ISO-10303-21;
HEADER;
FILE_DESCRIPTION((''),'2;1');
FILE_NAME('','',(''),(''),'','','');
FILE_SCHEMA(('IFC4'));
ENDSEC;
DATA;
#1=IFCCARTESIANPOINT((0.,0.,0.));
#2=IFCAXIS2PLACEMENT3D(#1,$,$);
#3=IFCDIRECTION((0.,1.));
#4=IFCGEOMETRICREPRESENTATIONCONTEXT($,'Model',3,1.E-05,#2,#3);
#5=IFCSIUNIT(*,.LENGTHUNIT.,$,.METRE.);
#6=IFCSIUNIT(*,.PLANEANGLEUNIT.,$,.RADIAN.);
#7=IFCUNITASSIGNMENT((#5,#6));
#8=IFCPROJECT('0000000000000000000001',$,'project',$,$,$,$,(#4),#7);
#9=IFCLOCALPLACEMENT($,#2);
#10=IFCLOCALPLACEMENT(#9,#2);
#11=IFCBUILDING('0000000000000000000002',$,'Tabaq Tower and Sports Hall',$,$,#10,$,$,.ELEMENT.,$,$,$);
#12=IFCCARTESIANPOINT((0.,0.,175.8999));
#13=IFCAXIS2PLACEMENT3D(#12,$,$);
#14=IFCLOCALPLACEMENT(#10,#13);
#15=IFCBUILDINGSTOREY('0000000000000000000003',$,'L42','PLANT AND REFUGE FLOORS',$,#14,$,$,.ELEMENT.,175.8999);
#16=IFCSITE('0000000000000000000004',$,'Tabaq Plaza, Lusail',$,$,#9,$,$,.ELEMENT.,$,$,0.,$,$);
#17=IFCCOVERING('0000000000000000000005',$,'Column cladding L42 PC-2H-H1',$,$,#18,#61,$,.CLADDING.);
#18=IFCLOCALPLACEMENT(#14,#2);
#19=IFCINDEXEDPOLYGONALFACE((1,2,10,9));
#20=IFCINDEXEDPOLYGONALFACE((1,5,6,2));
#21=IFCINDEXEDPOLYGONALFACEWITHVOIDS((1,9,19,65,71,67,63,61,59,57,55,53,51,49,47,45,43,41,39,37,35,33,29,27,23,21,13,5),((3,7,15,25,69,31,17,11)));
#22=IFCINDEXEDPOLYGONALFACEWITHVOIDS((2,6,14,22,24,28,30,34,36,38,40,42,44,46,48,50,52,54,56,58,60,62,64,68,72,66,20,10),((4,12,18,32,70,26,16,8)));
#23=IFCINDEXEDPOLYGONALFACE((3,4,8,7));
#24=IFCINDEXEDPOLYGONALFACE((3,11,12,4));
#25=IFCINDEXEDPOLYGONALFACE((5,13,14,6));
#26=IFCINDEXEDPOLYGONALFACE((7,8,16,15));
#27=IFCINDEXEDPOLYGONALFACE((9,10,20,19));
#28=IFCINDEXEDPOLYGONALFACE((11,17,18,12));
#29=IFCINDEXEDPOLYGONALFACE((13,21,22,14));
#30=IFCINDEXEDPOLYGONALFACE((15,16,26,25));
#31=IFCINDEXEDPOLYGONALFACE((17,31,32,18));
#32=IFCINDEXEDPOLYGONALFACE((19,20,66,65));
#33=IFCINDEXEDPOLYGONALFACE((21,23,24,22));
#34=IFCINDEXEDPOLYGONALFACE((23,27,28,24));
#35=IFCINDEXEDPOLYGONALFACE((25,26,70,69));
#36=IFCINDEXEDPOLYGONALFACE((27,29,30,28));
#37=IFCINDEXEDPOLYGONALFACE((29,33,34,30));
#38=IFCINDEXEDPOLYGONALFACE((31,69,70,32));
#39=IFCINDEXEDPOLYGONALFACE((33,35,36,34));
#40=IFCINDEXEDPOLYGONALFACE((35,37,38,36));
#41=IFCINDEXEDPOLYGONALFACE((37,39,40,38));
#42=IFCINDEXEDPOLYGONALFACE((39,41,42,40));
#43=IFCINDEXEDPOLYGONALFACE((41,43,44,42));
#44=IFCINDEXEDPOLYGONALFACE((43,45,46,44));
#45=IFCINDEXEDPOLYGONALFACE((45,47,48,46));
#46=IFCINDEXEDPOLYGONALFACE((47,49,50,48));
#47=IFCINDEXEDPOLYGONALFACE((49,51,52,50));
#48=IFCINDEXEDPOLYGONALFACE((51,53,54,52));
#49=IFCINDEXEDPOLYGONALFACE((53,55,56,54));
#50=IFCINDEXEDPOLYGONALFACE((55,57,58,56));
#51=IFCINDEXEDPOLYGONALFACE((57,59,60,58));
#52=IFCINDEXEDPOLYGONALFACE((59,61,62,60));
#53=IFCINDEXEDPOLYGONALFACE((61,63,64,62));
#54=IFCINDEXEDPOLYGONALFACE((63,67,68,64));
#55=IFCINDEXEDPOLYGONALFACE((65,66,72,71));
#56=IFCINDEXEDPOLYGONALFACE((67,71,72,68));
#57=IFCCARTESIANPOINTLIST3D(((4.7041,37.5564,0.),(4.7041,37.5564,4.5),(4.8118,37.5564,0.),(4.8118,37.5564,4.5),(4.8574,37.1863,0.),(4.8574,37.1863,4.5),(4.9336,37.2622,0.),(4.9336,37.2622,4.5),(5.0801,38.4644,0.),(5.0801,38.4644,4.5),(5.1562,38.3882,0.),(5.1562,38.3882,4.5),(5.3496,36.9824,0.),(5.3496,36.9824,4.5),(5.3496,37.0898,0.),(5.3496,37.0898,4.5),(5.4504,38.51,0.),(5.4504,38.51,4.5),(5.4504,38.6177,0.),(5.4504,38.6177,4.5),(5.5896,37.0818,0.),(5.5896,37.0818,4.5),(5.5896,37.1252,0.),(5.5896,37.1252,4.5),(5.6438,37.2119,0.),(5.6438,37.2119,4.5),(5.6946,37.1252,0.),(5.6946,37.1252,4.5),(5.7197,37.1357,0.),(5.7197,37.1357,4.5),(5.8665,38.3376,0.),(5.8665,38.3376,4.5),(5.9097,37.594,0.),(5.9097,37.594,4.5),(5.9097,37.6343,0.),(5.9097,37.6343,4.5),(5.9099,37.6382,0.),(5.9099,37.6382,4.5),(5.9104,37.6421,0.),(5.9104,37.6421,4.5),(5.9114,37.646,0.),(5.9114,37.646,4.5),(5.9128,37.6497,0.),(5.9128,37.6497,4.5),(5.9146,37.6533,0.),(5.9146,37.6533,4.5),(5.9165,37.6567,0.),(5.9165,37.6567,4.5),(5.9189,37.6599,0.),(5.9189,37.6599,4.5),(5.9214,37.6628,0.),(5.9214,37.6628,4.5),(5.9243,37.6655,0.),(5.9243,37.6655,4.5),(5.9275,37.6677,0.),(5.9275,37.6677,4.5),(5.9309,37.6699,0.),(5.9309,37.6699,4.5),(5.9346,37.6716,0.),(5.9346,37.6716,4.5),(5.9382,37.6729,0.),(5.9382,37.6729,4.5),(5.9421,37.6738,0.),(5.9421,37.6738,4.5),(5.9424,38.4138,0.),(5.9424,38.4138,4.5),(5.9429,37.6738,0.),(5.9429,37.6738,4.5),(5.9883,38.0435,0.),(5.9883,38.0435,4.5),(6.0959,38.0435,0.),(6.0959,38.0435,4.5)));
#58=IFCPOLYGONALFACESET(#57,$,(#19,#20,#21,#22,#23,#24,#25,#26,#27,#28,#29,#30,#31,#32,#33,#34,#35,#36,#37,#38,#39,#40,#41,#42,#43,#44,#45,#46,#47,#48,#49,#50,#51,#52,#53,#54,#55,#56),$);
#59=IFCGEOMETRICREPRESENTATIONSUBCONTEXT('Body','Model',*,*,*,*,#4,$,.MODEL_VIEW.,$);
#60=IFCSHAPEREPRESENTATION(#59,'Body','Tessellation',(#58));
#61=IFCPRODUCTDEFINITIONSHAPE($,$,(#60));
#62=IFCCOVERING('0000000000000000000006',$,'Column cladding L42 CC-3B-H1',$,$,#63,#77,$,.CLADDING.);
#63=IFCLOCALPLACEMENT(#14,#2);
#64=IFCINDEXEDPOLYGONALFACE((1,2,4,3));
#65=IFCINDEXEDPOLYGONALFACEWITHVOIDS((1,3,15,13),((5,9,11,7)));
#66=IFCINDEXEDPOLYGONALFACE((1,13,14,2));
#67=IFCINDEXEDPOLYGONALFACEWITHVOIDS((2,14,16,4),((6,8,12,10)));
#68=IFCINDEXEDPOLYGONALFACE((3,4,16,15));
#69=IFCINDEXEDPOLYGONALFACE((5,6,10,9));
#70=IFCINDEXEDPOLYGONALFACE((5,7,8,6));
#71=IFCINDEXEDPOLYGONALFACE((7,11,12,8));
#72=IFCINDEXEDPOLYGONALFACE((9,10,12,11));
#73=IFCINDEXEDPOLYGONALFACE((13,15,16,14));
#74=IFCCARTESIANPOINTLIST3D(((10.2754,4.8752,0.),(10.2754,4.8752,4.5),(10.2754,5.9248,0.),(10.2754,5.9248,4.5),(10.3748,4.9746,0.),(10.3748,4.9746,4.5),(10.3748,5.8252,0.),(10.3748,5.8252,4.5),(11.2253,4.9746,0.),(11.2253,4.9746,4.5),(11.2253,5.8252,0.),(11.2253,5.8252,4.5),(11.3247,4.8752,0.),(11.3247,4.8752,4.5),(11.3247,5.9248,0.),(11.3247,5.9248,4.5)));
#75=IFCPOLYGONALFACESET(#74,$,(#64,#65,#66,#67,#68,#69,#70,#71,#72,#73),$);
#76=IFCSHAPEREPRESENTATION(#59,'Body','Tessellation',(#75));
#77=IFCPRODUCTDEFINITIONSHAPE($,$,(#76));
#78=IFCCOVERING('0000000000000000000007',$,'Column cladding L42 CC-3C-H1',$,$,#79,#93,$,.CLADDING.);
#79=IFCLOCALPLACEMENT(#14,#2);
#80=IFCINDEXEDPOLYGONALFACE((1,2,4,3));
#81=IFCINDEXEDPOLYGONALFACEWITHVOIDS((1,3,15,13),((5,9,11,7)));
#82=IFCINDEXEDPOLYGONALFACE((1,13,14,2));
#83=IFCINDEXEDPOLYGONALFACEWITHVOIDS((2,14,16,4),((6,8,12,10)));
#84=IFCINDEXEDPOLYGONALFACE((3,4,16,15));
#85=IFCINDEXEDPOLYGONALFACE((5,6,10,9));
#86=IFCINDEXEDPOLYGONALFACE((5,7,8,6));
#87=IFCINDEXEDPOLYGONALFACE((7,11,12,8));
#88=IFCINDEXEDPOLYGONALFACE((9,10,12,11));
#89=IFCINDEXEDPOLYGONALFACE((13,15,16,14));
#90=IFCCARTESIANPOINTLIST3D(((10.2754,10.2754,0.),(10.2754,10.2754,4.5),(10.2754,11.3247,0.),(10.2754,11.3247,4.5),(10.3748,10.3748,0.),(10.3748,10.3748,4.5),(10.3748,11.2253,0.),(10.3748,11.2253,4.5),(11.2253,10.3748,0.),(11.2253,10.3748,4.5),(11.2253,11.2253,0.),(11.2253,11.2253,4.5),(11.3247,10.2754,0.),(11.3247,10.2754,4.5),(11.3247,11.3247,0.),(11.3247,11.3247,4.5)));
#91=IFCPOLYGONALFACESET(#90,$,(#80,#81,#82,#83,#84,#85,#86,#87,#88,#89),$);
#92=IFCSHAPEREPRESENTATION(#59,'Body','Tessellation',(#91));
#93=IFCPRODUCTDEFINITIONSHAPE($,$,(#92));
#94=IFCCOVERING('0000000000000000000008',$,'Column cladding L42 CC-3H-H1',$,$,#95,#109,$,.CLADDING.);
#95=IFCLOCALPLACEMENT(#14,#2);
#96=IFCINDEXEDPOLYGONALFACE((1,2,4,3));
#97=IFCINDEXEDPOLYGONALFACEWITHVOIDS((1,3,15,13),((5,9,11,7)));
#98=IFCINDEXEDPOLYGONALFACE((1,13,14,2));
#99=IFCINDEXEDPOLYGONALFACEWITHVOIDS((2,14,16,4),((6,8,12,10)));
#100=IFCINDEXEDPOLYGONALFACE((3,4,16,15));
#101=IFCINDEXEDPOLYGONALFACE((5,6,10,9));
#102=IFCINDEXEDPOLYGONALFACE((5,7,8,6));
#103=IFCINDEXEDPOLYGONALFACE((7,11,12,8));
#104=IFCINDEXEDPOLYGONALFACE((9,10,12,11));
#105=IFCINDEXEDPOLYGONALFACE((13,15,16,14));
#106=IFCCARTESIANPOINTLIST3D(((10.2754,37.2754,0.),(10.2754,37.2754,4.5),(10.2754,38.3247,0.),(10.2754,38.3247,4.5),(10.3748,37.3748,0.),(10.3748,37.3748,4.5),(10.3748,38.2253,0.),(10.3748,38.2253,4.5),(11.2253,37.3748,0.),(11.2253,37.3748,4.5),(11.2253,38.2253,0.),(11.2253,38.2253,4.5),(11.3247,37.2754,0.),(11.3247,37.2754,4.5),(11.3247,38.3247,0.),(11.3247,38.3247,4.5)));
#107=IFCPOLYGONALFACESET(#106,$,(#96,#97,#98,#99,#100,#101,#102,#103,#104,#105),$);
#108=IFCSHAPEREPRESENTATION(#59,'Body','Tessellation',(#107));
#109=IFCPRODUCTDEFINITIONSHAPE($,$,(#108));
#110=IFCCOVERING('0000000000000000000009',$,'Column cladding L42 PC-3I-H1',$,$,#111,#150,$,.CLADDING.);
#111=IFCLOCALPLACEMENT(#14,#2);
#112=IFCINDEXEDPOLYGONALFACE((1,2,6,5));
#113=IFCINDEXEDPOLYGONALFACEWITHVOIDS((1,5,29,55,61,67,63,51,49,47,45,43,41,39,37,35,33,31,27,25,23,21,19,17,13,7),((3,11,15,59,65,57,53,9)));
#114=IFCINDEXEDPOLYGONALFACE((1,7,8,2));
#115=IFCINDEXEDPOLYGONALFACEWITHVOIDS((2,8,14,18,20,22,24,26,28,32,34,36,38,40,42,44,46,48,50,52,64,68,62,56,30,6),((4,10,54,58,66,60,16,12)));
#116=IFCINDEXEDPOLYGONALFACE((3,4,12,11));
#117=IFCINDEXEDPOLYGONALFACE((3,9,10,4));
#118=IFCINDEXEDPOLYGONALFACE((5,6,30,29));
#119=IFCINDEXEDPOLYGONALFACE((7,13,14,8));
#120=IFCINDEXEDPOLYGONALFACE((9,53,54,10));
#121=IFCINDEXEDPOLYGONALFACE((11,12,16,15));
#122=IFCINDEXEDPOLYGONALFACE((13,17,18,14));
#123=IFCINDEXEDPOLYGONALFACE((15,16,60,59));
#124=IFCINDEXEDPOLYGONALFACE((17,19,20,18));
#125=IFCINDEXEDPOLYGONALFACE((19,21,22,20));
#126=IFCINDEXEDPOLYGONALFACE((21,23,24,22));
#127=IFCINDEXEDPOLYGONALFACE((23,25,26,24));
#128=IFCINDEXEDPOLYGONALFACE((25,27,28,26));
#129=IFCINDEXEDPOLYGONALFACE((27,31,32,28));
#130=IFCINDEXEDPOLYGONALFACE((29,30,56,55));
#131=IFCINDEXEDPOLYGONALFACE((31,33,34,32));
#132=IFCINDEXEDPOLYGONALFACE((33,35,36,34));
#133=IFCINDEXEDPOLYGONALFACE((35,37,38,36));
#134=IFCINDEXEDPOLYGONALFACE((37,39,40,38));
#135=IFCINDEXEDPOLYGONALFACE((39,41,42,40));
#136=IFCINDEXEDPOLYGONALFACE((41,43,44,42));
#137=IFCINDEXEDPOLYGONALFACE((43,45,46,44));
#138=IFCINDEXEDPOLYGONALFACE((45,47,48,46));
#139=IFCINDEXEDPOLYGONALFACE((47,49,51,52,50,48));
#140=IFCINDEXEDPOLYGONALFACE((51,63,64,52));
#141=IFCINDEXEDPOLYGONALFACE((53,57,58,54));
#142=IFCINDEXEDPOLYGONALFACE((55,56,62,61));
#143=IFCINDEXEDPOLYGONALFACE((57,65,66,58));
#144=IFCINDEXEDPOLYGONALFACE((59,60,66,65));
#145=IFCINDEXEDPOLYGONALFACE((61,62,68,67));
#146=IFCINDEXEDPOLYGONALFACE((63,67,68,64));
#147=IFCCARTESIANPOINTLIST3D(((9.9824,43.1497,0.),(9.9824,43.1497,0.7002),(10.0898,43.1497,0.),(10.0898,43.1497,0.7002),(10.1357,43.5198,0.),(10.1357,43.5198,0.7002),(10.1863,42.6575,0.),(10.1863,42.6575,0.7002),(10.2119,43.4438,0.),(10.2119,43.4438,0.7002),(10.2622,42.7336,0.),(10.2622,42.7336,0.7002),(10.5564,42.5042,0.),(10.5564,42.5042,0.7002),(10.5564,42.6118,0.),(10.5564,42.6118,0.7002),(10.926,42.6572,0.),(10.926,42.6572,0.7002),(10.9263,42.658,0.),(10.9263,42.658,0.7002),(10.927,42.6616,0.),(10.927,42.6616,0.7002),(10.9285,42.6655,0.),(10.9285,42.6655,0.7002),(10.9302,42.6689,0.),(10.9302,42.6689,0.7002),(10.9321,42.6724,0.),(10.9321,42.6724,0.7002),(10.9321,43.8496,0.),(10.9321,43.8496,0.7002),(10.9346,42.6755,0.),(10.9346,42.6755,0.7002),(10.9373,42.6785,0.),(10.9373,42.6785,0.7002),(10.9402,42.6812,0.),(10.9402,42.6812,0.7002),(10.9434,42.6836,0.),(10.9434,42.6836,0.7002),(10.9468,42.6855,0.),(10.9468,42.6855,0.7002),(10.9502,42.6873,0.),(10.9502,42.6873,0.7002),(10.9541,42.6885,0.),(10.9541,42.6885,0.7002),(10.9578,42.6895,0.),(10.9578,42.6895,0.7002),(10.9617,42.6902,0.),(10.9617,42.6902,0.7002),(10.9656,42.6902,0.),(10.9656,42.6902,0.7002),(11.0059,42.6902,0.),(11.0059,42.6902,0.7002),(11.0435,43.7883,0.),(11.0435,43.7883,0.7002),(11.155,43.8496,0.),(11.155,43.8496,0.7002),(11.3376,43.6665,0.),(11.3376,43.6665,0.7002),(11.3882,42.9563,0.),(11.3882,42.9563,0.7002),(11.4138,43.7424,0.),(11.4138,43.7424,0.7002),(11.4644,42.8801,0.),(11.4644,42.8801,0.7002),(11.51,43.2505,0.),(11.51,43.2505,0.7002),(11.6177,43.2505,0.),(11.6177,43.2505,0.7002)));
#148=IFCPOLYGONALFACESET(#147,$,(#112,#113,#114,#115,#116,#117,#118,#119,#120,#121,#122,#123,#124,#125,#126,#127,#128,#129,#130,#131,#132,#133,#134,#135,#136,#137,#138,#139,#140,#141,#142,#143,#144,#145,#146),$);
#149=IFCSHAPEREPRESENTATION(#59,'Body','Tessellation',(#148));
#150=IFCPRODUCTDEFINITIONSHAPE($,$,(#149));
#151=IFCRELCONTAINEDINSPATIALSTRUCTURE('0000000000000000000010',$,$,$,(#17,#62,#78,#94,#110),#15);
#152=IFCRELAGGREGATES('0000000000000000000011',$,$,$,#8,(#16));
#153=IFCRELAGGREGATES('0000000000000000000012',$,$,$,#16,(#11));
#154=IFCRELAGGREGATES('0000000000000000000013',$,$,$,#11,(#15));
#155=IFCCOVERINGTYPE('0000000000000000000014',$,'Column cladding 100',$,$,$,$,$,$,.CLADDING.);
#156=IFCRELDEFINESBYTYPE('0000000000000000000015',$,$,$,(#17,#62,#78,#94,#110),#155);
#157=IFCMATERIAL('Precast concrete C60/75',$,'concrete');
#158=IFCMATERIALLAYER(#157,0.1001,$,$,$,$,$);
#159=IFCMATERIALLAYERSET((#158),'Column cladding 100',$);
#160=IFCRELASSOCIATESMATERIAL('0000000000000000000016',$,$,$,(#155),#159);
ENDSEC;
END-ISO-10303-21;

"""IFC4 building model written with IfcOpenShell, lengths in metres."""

from ifc_helpers import new_model, si_unit, direction, frame, origin, place, context, subcontext, project, spatial, polyline, outline, extrude, material, layer, layer_set, type_object, element, save


model = new_model("IFC4")

# Units and contexts
model_context = context("Model", 3, precision=1e-05, world=origin(), true_north=direction((0.0, 1.0)))
body_context = subcontext(model_context, "Body", "Model", "MODEL_VIEW")
ifc_project = project(units=[si_unit("LENGTHUNIT", "METRE"), si_unit("PLANEANGLEUNIT", "RADIAN")], contexts=[model_context])

# Site, building, storey
site_placement = place(None, origin())
site = spatial("IfcSite", under=ifc_project, at=site_placement, Name="Tabaq Plaza, Lusail", CompositionType="ELEMENT", RefElevation=0.0)
building_placement = place(site_placement, origin())
building = spatial("IfcBuilding", under=site, at=building_placement, Name="Tabaq Tower and Sports Hall", CompositionType="ELEMENT")
storey_placement = place(building_placement, frame((0.0, 0.0, 175.8999)))
storey = spatial("IfcBuildingStorey", under=building, at=storey_placement, Name="L42", Description="PLANT AND REFUGE FLOORS", CompositionType="ELEMENT", Elevation=175.8999)

# Coverings
ifc_material_1 = material(Name="Precast concrete C60/75", Category="concrete")
ifc_layer_1 = layer(ifc_material_1, 0.1001)
ifc_layer_set_1 = layer_set([ifc_layer_1], Name="Column cladding 100")
covering_type = type_object("IfcCoveringType", Name="Column cladding 100", PredefinedType="CLADDING", material=ifc_layer_set_1)
covering_1_placement = place(storey_placement, origin())
element("IfcCovering", 1, at=covering_1_placement, inside=storey, type_object=covering_type, Name="Column cladding L42 PC-2H-H1", PredefinedType="CLADDING", context=body_context, shape_type="SweptSolid", body=[
    extrude(outline(polyline([(4.8574, 37.1863), (4.7041, 37.5564), (5.0801, 38.4644), (5.4504, 38.6177), (5.9424, 38.4138), (6.0959, 38.0435), (5.9429, 37.6738), (5.9421, 37.6738), (5.9382, 37.6729), (5.9346, 37.6716), (5.9309, 37.6699), (5.9275, 37.6677), (5.9243, 37.6655), (5.9214, 37.6628), (5.9189, 37.6599), (5.9165, 37.6567), (5.9146, 37.6533), (5.9128, 37.6497), (5.9114, 37.646), (5.9104, 37.6421), (5.9099, 37.6382), (5.9097, 37.6343), (5.9097, 37.594), (5.7197, 37.1357), (5.6946, 37.1252), (5.5896, 37.1252), (5.5896, 37.0818), (5.3496, 36.9824), (4.8574, 37.1863)]), holes=[polyline([(5.8665, 38.3376), (5.4504, 38.51), (5.1562, 38.3882), (4.8118, 37.5564), (4.9336, 37.2622), (5.3496, 37.0898), (5.6438, 37.2119), (5.9883, 38.0435), (5.8665, 38.3376)])]), origin(), (0.0, 0.0, 1.0), 4.5),
])
covering_2_placement = place(storey_placement, origin())
element("IfcCovering", 2, at=covering_2_placement, inside=storey, type_object=covering_type, Name="Column cladding L42 CC-3B-H1", PredefinedType="CLADDING", context=body_context, shape_type="SweptSolid", body=[
    extrude(outline(polyline([(10.2754, 5.9248), (11.3247, 5.9248), (11.3247, 4.8752), (10.2754, 4.8752), (10.2754, 5.9248)]), holes=[polyline([(11.2253, 4.9746), (11.2253, 5.8252), (10.3748, 5.8252), (10.3748, 4.9746), (11.2253, 4.9746)])]), origin(), (0.0, 0.0, 1.0), 4.5),
])
covering_3_placement = place(storey_placement, origin())
element("IfcCovering", 3, at=covering_3_placement, inside=storey, type_object=covering_type, Name="Column cladding L42 CC-3C-H1", PredefinedType="CLADDING", context=body_context, shape_type="SweptSolid", body=[
    extrude(outline(polyline([(10.2754, 11.3247), (11.3247, 11.3247), (11.3247, 10.2754), (10.2754, 10.2754), (10.2754, 11.3247)]), holes=[polyline([(11.2253, 10.3748), (11.2253, 11.2253), (10.3748, 11.2253), (10.3748, 10.3748), (11.2253, 10.3748)])]), origin(), (0.0, 0.0, 1.0), 4.5),
])
covering_4_placement = place(storey_placement, origin())
element("IfcCovering", 4, at=covering_4_placement, inside=storey, type_object=covering_type, Name="Column cladding L42 CC-3H-H1", PredefinedType="CLADDING", context=body_context, shape_type="SweptSolid", body=[
    extrude(outline(polyline([(10.2754, 38.3247), (11.3247, 38.3247), (11.3247, 37.2754), (10.2754, 37.2754), (10.2754, 38.3247)]), holes=[polyline([(11.2253, 37.3748), (11.2253, 38.2253), (10.3748, 38.2253), (10.3748, 37.3748), (11.2253, 37.3748)])]), origin(), (0.0, 0.0, 1.0), 4.5),
])
covering_5_placement = place(storey_placement, origin())
element("IfcCovering", 5, at=covering_5_placement, inside=storey, type_object=covering_type, Name="Column cladding L42 PC-3I-H1", PredefinedType="CLADDING", context=body_context, shape_type="SweptSolid", body=[
    extrude(outline(polyline([(9.9824, 43.1497), (10.1357, 43.5198), (10.9321, 43.8496), (11.155, 43.8496), (11.4138, 43.7424), (11.6177, 43.2505), (11.4644, 42.8801), (11.0059, 42.6902), (10.9656, 42.6902), (10.9617, 42.6902), (10.9578, 42.6895), (10.9541, 42.6885), (10.9502, 42.6873), (10.9468, 42.6855), (10.9434, 42.6836), (10.9402, 42.6812), (10.9373, 42.6785), (10.9346, 42.6755), (10.9321, 42.6724), (10.9302, 42.6689), (10.9285, 42.6655), (10.927, 42.6616), (10.9263, 42.658), (10.926, 42.6572), (10.5564, 42.5042), (10.1863, 42.6575), (9.9824, 43.1497)]), holes=[polyline([(11.51, 43.2505), (11.3376, 43.6665), (11.0435, 43.7883), (10.2119, 43.4438), (10.0898, 43.1497), (10.2622, 42.7336), (10.5564, 42.6118), (11.3882, 42.9563), (11.51, 43.2505)])]), origin(), (0.0, 0.0, 1.0), 0.7002),
])

save(model, "model.ifc")
